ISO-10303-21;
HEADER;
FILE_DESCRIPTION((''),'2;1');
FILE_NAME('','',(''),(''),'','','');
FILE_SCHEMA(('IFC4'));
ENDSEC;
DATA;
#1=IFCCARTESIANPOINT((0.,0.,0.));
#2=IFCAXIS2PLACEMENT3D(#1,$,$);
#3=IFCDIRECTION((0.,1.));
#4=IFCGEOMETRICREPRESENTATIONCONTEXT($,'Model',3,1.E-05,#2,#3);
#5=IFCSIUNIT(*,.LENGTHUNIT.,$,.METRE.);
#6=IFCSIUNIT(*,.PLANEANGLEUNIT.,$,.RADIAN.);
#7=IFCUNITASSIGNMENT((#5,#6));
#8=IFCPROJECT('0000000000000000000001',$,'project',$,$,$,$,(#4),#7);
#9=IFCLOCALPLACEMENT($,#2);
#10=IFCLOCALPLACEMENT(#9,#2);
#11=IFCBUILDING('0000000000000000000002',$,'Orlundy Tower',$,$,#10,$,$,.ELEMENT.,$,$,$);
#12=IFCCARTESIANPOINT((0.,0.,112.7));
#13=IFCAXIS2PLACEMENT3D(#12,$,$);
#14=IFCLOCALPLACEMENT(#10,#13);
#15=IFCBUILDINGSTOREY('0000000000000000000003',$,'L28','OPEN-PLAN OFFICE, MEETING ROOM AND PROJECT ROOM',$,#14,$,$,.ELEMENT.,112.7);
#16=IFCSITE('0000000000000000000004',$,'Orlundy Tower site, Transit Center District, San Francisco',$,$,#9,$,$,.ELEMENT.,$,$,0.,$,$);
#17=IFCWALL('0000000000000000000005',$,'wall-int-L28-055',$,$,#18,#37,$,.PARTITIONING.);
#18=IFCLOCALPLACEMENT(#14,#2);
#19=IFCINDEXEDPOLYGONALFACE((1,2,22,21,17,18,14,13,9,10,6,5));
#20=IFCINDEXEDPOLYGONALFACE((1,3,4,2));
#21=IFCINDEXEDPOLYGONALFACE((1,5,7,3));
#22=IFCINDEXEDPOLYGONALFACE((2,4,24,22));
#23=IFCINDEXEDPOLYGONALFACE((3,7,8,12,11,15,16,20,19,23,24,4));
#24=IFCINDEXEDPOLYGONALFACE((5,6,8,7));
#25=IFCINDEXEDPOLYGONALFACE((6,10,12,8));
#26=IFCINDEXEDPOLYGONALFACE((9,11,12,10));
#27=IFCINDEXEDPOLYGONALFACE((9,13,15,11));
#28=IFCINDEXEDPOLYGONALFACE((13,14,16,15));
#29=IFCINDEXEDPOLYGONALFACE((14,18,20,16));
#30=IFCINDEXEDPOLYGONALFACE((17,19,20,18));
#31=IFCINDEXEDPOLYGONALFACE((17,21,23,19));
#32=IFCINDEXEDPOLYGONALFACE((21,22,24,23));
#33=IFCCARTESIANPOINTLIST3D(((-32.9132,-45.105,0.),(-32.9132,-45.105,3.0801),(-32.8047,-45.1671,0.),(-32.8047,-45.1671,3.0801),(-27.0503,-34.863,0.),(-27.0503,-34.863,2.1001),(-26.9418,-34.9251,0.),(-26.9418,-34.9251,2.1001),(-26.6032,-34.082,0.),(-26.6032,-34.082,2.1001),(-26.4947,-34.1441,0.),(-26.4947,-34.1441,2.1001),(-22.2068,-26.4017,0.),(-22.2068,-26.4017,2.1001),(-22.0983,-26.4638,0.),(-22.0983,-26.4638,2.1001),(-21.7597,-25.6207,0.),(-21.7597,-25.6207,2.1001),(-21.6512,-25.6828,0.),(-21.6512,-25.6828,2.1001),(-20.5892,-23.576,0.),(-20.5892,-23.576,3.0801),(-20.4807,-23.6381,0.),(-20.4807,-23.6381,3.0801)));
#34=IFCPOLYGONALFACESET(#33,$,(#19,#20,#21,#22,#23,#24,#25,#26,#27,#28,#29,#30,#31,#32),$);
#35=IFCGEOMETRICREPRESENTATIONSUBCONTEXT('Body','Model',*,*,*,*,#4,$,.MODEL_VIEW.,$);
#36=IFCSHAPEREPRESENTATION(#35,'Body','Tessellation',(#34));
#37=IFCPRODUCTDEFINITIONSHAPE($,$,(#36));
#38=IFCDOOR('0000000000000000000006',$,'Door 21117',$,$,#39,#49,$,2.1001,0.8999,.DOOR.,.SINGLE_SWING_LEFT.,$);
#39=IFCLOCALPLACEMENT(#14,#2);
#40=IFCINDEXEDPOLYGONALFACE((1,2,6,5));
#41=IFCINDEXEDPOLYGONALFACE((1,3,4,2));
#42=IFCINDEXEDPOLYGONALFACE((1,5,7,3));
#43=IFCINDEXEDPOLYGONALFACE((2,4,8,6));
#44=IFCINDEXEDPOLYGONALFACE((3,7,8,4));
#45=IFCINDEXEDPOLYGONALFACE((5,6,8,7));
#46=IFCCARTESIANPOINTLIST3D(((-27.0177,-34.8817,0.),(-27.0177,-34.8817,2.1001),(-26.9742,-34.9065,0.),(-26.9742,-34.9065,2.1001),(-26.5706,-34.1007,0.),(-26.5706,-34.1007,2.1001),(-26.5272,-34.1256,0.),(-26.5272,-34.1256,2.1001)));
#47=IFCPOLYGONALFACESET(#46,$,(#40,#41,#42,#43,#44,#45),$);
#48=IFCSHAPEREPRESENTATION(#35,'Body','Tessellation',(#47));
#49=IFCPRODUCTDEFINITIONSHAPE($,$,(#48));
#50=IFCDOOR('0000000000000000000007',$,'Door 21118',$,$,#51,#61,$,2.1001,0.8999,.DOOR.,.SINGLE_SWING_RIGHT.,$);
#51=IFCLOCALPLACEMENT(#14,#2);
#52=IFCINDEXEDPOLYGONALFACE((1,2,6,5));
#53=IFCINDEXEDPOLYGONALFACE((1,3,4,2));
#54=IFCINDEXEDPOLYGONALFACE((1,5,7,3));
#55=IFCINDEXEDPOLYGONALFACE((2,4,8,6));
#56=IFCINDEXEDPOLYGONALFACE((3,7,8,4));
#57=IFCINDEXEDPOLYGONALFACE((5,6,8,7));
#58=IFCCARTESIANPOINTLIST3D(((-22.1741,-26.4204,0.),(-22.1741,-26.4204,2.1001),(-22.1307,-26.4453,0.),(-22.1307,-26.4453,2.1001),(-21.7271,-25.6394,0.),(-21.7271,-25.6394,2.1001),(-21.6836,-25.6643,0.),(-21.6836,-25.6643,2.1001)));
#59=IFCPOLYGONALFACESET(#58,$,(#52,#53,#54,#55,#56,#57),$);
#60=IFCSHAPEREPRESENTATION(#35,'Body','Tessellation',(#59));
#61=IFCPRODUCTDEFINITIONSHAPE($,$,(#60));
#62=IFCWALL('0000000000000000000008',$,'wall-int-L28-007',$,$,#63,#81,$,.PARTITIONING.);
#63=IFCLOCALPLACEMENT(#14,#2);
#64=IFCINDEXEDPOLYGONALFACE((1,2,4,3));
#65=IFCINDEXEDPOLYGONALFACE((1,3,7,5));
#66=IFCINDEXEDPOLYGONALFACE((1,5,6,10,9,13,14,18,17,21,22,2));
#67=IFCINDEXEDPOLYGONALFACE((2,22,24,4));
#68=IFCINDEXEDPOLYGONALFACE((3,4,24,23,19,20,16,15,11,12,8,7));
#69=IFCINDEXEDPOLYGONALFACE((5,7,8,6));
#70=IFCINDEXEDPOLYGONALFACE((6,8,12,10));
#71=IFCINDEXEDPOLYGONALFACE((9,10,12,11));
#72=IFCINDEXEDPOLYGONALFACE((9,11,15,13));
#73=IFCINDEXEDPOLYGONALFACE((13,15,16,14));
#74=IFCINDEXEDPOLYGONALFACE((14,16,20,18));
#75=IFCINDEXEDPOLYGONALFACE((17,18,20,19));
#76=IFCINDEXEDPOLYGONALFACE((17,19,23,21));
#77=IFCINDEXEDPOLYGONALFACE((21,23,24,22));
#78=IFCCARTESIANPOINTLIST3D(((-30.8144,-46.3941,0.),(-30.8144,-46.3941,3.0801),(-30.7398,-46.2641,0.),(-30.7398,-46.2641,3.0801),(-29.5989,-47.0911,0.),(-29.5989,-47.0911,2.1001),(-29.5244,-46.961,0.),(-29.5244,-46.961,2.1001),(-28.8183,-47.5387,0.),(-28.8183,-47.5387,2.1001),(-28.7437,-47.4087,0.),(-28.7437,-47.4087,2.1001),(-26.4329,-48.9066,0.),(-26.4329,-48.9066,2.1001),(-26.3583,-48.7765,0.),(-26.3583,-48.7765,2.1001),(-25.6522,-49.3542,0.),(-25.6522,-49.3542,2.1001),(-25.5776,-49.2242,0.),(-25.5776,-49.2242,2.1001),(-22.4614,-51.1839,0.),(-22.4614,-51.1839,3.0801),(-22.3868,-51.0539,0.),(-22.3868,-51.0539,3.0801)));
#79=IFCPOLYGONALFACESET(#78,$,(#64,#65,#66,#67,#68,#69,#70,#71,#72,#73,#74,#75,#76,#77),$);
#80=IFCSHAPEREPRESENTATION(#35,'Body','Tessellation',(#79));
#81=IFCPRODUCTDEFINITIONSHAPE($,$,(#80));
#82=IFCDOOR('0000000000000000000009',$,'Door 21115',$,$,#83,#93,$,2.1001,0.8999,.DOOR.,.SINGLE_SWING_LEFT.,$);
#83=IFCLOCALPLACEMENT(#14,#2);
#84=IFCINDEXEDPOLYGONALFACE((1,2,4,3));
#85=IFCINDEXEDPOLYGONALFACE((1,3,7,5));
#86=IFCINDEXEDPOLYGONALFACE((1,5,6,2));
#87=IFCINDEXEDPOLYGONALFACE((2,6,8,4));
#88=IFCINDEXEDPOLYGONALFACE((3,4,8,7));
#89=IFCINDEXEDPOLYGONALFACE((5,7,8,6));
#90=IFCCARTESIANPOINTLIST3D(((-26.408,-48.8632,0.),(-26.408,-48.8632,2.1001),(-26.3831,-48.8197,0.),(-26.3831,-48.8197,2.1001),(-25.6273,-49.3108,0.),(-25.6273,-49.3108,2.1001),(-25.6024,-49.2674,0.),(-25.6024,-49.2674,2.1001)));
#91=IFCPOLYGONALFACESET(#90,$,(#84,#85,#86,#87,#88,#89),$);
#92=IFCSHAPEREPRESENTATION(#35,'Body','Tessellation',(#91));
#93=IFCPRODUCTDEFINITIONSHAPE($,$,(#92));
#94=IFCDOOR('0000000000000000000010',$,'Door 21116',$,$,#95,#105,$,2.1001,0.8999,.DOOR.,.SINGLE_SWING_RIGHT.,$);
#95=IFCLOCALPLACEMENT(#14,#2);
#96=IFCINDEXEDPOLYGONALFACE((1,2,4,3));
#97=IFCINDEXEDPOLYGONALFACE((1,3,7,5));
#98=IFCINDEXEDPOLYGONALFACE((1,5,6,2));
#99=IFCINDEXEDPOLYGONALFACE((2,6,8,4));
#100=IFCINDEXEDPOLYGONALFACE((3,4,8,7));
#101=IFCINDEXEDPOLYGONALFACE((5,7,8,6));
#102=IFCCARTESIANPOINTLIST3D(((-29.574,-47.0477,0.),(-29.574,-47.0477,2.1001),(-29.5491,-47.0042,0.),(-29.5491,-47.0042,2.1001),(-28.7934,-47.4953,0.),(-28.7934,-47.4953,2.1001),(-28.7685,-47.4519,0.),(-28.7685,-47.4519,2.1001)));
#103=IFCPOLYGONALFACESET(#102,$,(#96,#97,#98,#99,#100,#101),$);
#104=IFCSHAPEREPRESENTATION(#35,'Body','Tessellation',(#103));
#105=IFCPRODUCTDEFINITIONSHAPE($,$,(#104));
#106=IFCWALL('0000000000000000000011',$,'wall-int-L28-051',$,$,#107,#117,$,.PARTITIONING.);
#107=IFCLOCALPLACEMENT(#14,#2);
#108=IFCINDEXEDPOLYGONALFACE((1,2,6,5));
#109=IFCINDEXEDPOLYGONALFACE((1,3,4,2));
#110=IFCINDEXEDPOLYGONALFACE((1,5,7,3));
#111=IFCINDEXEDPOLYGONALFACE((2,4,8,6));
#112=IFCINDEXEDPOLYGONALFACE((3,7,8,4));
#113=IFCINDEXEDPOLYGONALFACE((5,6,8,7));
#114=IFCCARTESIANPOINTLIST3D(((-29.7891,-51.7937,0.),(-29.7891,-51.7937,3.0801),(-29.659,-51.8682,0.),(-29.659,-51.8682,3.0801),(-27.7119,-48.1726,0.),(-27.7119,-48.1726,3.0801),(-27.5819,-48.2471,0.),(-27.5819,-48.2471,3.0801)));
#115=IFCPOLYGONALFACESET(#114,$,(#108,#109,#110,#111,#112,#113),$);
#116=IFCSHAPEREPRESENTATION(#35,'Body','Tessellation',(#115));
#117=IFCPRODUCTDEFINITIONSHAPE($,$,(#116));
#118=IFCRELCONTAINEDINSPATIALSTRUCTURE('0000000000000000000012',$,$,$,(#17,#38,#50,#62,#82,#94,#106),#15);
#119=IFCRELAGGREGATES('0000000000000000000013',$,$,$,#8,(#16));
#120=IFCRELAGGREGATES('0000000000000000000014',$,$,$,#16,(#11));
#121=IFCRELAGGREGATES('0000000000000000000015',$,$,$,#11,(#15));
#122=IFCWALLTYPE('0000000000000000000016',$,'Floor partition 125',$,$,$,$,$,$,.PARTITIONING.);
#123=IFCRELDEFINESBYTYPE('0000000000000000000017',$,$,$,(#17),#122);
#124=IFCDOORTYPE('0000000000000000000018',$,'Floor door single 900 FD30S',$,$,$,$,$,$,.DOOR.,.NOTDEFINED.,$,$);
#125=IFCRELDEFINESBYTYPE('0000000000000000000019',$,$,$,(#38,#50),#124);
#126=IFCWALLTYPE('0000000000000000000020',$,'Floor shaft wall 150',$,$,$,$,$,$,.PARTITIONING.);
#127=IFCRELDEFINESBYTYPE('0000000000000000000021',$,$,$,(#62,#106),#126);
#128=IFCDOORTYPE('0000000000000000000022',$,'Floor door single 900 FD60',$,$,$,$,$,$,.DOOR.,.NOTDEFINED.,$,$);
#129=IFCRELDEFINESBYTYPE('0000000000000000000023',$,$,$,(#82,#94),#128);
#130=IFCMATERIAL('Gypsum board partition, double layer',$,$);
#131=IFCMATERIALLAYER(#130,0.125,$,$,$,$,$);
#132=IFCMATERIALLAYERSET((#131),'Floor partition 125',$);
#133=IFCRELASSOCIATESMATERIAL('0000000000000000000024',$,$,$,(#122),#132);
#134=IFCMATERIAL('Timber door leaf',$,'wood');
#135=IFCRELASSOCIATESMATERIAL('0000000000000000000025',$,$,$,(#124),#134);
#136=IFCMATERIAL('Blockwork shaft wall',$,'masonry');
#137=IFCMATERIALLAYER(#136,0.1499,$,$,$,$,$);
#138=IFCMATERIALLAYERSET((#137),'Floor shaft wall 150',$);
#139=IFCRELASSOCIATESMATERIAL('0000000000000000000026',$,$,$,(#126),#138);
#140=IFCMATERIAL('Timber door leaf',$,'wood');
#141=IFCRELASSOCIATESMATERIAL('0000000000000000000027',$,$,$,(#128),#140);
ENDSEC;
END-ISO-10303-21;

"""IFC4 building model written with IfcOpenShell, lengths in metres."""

from ifc_helpers import new_model, si_unit, direction, frame, frame_2d, origin, place, context, subcontext, project, spatial, rectangle, extrude, material, layer, layer_set, type_object, element, fill, save


model = new_model("IFC4")

# Units and contexts
model_context = context("Model", 3, precision=1e-05, world=origin(), true_north=direction((0.0, 1.0)))
body_context = subcontext(model_context, "Body", "Model", "MODEL_VIEW")
ifc_project = project(units=[si_unit("LENGTHUNIT", "METRE"), si_unit("PLANEANGLEUNIT", "RADIAN")], contexts=[model_context])

# Site, building, storey
site_placement = place(None, origin())
site = spatial("IfcSite", under=ifc_project, at=site_placement, Name="Orlundy Tower site, Transit Center District, San Francisco", CompositionType="ELEMENT", RefElevation=0.0)
building_placement = place(site_placement, origin())
building = spatial("IfcBuilding", under=site, at=building_placement, Name="Orlundy Tower", CompositionType="ELEMENT")
storey_placement = place(building_placement, frame((0.0, 0.0, 112.7)))
storey = spatial("IfcBuildingStorey", under=building, at=storey_placement, Name="L28", Description="OPEN-PLAN OFFICE, MEETING ROOM AND PROJECT ROOM", CompositionType="ELEMENT", Elevation=112.7)

# Shared definitions
ifc_material_1 = material(Name="Gypsum board partition, double layer")
ifc_layer_1 = layer(ifc_material_1, 0.125)
ifc_layer_set_1 = layer_set([ifc_layer_1], Name="Floor partition 125")
wall_type_1 = type_object("IfcWallType", Name="Floor partition 125", PredefinedType="PARTITIONING", material=ifc_layer_set_1)

# Walls, openings, doors
ifc_material_2 = material(Name="Timber door leaf", Category="wood")
door_type_1 = type_object("IfcDoorType", Name="Floor door single 900 FD30S", OperationType="NOTDEFINED", PredefinedType="DOOR", material=ifc_material_2)
wall_1_placement = place(storey_placement, frame((-32.8589, -45.136, 0.0), z_axis=(0.0, 0.0, 1.0), x_axis=(0.496797, 0.867867, 0.0)))
wall_1 = element("IfcWall", 1, at=wall_1_placement, inside=storey, type_object=wall_type_1, Name="wall-int-L28-055", PredefinedType="PARTITIONING", context=body_context, shape_type="SweptSolid", body=[
    extrude(rectangle(XDim=24.8069, YDim=0.125, at=frame_2d((12.4033, 0.0))), origin(), (0.0, 0.0, 1.0), 3.0801),
])
opening_1_placement = place(wall_1_placement, frame((11.8013, 0.0, 0.0)))
opening_1 = element("IfcOpeningElement", 2, at=opening_1_placement, cuts=wall_1, PredefinedType="OPENING", context=body_context, shape_type="SweptSolid", body=[
    extrude(rectangle(XDim=0.8999, YDim=2.1001, at=frame_2d((0.45, 1.05))), frame((0.0, 0.0725, 0.0), z_axis=(0.0, -1.0, 0.0), x_axis=(1.0, 0.0, 0.0)), (0.0, 0.0, 1.0), 0.145),
])
opening_2_placement = place(wall_1_placement, frame((21.5508, 0.0, 0.0)))
opening_2 = element("IfcOpeningElement", 3, at=opening_2_placement, cuts=wall_1, PredefinedType="OPENING", context=body_context, shape_type="SweptSolid", body=[
    extrude(rectangle(XDim=0.8999, YDim=2.1001, at=frame_2d((0.45, 1.05))), frame((0.0, 0.0725, 0.0), z_axis=(0.0, -1.0, 0.0), x_axis=(1.0, 0.0, 0.0)), (0.0, 0.0, 1.0), 0.145),
])
door_1_placement = place(opening_1_placement, origin())
door_1 = element("IfcDoor", 4, at=door_1_placement, inside=storey, type_object=door_type_1, Name="Door 21117", OperationType="SINGLE_SWING_LEFT", OverallHeight=2.1001, OverallWidth=0.8999, PredefinedType="DOOR", context=body_context, shape_type="SweptSolid", body=[
    extrude(rectangle(XDim=0.8999, YDim=2.1001, at=frame_2d((0.45, 1.05))), frame((0.0, 0.0249, 0.0), z_axis=(0.0, -1.0, 0.0), x_axis=(1.0, 0.0, 0.0)), (0.0, 0.0, 1.0), 0.05),
])
fill(opening_1, door_1)
door_2_placement = place(opening_2_placement, origin())
door_2 = element("IfcDoor", 5, at=door_2_placement, inside=storey, type_object=door_type_1, Name="Door 21118", OperationType="SINGLE_SWING_RIGHT", OverallHeight=2.1001, OverallWidth=0.8999, PredefinedType="DOOR", context=body_context, shape_type="SweptSolid", body=[
    extrude(rectangle(XDim=0.8999, YDim=2.1001, at=frame_2d((0.45, 1.05))), frame((0.0, 0.0249, 0.0), z_axis=(0.0, -1.0, 0.0), x_axis=(1.0, 0.0, 0.0)), (0.0, 0.0, 1.0), 0.05),
])
fill(opening_2, door_2)
ifc_material_3 = material(Name="Blockwork shaft wall", Category="masonry")
ifc_layer_2 = layer(ifc_material_3, 0.1499)
ifc_layer_set_2 = layer_set([ifc_layer_2], Name="Floor shaft wall 150")
wall_type_2 = type_object("IfcWallType", Name="Floor shaft wall 150", PredefinedType="PARTITIONING", material=ifc_layer_set_2)
wall_2_placement = place(storey_placement, frame((-22.4241, -51.1189, 0.0), z_axis=(0.0, 0.0, 1.0), x_axis=(-0.867498, 0.497441, 0.0)))
wall_2 = element("IfcWall", 6, at=wall_2_placement, inside=storey, type_object=wall_type_2, Name="wall-int-L28-007", PredefinedType="PARTITIONING", context=body_context, shape_type="SweptSolid", body=[
    extrude(rectangle(XDim=9.6289, YDim=0.1499, at=frame_2d((4.8145, 0.0))), origin(), (0.0, 0.0, 1.0), 3.0801),
])
opening_3_placement = place(wall_2_placement, frame((3.6782, 0.0, 0.0)))
opening_3 = element("IfcOpeningElement", 7, at=opening_3_placement, cuts=wall_2, PredefinedType="OPENING", context=body_context, shape_type="SweptSolid", body=[
    extrude(rectangle(XDim=0.8999, YDim=2.1001, at=frame_2d((0.45, 1.05))), frame((0.0, 0.085, 0.0), z_axis=(0.0, -1.0, 0.0), x_axis=(1.0, 0.0, 0.0)), (0.0, 0.0, 1.0), 0.1699),
])
opening_4_placement = place(wall_2_placement, frame((7.3279, 0.0, 0.0)))
opening_4 = element("IfcOpeningElement", 8, at=opening_4_placement, cuts=wall_2, PredefinedType="OPENING", context=body_context, shape_type="SweptSolid", body=[
    extrude(rectangle(XDim=0.8999, YDim=2.1001, at=frame_2d((0.45, 1.05))), frame((0.0, 0.085, 0.0), z_axis=(0.0, -1.0, 0.0), x_axis=(1.0, 0.0, 0.0)), (0.0, 0.0, 1.0), 0.1699),
])
ifc_material_4 = material(Name="Timber door leaf", Category="wood")
door_type_2 = type_object("IfcDoorType", Name="Floor door single 900 FD60", OperationType="NOTDEFINED", PredefinedType="DOOR", material=ifc_material_4)
door_3_placement = place(opening_3_placement, origin())
door_3 = element("IfcDoor", 9, at=door_3_placement, inside=storey, type_object=door_type_2, Name="Door 21115", OperationType="SINGLE_SWING_LEFT", OverallHeight=2.1001, OverallWidth=0.8999, PredefinedType="DOOR", context=body_context, shape_type="SweptSolid", body=[
    extrude(rectangle(XDim=0.8999, YDim=2.1001, at=frame_2d((0.45, 1.05))), frame((0.0, 0.0249, 0.0), z_axis=(0.0, -1.0, 0.0), x_axis=(1.0, 0.0, 0.0)), (0.0, 0.0, 1.0), 0.05),
])
fill(opening_3, door_3)
door_4_placement = place(opening_4_placement, origin())
door_4 = element("IfcDoor", 10, at=door_4_placement, inside=storey, type_object=door_type_2, Name="Door 21116", OperationType="SINGLE_SWING_RIGHT", OverallHeight=2.1001, OverallWidth=0.8999, PredefinedType="DOOR", context=body_context, shape_type="SweptSolid", body=[
    extrude(rectangle(XDim=0.8999, YDim=2.1001, at=frame_2d((0.45, 1.05))), frame((0.0, 0.0249, 0.0), z_axis=(0.0, -1.0, 0.0), x_axis=(1.0, 0.0, 0.0)), (0.0, 0.0, 1.0), 0.05),
])
fill(opening_4, door_4)

# Wall
wall_3_placement = place(storey_placement, frame((-29.7241, -51.8311, 0.0), z_axis=(0.0, 0.0, 1.0), x_axis=(0.497574, 0.867421, 0.0)))
element("IfcWall", 11, at=wall_3_placement, inside=storey, type_object=wall_type_2, Name="wall-int-L28-051", PredefinedType="PARTITIONING", context=body_context, shape_type="SweptSolid", body=[
    extrude(rectangle(XDim=4.1746, YDim=0.1499, at=frame_2d((2.0874, 0.0))), origin(), (0.0, 0.0, 1.0), 3.0801),
])

save(model, "model.ifc")
